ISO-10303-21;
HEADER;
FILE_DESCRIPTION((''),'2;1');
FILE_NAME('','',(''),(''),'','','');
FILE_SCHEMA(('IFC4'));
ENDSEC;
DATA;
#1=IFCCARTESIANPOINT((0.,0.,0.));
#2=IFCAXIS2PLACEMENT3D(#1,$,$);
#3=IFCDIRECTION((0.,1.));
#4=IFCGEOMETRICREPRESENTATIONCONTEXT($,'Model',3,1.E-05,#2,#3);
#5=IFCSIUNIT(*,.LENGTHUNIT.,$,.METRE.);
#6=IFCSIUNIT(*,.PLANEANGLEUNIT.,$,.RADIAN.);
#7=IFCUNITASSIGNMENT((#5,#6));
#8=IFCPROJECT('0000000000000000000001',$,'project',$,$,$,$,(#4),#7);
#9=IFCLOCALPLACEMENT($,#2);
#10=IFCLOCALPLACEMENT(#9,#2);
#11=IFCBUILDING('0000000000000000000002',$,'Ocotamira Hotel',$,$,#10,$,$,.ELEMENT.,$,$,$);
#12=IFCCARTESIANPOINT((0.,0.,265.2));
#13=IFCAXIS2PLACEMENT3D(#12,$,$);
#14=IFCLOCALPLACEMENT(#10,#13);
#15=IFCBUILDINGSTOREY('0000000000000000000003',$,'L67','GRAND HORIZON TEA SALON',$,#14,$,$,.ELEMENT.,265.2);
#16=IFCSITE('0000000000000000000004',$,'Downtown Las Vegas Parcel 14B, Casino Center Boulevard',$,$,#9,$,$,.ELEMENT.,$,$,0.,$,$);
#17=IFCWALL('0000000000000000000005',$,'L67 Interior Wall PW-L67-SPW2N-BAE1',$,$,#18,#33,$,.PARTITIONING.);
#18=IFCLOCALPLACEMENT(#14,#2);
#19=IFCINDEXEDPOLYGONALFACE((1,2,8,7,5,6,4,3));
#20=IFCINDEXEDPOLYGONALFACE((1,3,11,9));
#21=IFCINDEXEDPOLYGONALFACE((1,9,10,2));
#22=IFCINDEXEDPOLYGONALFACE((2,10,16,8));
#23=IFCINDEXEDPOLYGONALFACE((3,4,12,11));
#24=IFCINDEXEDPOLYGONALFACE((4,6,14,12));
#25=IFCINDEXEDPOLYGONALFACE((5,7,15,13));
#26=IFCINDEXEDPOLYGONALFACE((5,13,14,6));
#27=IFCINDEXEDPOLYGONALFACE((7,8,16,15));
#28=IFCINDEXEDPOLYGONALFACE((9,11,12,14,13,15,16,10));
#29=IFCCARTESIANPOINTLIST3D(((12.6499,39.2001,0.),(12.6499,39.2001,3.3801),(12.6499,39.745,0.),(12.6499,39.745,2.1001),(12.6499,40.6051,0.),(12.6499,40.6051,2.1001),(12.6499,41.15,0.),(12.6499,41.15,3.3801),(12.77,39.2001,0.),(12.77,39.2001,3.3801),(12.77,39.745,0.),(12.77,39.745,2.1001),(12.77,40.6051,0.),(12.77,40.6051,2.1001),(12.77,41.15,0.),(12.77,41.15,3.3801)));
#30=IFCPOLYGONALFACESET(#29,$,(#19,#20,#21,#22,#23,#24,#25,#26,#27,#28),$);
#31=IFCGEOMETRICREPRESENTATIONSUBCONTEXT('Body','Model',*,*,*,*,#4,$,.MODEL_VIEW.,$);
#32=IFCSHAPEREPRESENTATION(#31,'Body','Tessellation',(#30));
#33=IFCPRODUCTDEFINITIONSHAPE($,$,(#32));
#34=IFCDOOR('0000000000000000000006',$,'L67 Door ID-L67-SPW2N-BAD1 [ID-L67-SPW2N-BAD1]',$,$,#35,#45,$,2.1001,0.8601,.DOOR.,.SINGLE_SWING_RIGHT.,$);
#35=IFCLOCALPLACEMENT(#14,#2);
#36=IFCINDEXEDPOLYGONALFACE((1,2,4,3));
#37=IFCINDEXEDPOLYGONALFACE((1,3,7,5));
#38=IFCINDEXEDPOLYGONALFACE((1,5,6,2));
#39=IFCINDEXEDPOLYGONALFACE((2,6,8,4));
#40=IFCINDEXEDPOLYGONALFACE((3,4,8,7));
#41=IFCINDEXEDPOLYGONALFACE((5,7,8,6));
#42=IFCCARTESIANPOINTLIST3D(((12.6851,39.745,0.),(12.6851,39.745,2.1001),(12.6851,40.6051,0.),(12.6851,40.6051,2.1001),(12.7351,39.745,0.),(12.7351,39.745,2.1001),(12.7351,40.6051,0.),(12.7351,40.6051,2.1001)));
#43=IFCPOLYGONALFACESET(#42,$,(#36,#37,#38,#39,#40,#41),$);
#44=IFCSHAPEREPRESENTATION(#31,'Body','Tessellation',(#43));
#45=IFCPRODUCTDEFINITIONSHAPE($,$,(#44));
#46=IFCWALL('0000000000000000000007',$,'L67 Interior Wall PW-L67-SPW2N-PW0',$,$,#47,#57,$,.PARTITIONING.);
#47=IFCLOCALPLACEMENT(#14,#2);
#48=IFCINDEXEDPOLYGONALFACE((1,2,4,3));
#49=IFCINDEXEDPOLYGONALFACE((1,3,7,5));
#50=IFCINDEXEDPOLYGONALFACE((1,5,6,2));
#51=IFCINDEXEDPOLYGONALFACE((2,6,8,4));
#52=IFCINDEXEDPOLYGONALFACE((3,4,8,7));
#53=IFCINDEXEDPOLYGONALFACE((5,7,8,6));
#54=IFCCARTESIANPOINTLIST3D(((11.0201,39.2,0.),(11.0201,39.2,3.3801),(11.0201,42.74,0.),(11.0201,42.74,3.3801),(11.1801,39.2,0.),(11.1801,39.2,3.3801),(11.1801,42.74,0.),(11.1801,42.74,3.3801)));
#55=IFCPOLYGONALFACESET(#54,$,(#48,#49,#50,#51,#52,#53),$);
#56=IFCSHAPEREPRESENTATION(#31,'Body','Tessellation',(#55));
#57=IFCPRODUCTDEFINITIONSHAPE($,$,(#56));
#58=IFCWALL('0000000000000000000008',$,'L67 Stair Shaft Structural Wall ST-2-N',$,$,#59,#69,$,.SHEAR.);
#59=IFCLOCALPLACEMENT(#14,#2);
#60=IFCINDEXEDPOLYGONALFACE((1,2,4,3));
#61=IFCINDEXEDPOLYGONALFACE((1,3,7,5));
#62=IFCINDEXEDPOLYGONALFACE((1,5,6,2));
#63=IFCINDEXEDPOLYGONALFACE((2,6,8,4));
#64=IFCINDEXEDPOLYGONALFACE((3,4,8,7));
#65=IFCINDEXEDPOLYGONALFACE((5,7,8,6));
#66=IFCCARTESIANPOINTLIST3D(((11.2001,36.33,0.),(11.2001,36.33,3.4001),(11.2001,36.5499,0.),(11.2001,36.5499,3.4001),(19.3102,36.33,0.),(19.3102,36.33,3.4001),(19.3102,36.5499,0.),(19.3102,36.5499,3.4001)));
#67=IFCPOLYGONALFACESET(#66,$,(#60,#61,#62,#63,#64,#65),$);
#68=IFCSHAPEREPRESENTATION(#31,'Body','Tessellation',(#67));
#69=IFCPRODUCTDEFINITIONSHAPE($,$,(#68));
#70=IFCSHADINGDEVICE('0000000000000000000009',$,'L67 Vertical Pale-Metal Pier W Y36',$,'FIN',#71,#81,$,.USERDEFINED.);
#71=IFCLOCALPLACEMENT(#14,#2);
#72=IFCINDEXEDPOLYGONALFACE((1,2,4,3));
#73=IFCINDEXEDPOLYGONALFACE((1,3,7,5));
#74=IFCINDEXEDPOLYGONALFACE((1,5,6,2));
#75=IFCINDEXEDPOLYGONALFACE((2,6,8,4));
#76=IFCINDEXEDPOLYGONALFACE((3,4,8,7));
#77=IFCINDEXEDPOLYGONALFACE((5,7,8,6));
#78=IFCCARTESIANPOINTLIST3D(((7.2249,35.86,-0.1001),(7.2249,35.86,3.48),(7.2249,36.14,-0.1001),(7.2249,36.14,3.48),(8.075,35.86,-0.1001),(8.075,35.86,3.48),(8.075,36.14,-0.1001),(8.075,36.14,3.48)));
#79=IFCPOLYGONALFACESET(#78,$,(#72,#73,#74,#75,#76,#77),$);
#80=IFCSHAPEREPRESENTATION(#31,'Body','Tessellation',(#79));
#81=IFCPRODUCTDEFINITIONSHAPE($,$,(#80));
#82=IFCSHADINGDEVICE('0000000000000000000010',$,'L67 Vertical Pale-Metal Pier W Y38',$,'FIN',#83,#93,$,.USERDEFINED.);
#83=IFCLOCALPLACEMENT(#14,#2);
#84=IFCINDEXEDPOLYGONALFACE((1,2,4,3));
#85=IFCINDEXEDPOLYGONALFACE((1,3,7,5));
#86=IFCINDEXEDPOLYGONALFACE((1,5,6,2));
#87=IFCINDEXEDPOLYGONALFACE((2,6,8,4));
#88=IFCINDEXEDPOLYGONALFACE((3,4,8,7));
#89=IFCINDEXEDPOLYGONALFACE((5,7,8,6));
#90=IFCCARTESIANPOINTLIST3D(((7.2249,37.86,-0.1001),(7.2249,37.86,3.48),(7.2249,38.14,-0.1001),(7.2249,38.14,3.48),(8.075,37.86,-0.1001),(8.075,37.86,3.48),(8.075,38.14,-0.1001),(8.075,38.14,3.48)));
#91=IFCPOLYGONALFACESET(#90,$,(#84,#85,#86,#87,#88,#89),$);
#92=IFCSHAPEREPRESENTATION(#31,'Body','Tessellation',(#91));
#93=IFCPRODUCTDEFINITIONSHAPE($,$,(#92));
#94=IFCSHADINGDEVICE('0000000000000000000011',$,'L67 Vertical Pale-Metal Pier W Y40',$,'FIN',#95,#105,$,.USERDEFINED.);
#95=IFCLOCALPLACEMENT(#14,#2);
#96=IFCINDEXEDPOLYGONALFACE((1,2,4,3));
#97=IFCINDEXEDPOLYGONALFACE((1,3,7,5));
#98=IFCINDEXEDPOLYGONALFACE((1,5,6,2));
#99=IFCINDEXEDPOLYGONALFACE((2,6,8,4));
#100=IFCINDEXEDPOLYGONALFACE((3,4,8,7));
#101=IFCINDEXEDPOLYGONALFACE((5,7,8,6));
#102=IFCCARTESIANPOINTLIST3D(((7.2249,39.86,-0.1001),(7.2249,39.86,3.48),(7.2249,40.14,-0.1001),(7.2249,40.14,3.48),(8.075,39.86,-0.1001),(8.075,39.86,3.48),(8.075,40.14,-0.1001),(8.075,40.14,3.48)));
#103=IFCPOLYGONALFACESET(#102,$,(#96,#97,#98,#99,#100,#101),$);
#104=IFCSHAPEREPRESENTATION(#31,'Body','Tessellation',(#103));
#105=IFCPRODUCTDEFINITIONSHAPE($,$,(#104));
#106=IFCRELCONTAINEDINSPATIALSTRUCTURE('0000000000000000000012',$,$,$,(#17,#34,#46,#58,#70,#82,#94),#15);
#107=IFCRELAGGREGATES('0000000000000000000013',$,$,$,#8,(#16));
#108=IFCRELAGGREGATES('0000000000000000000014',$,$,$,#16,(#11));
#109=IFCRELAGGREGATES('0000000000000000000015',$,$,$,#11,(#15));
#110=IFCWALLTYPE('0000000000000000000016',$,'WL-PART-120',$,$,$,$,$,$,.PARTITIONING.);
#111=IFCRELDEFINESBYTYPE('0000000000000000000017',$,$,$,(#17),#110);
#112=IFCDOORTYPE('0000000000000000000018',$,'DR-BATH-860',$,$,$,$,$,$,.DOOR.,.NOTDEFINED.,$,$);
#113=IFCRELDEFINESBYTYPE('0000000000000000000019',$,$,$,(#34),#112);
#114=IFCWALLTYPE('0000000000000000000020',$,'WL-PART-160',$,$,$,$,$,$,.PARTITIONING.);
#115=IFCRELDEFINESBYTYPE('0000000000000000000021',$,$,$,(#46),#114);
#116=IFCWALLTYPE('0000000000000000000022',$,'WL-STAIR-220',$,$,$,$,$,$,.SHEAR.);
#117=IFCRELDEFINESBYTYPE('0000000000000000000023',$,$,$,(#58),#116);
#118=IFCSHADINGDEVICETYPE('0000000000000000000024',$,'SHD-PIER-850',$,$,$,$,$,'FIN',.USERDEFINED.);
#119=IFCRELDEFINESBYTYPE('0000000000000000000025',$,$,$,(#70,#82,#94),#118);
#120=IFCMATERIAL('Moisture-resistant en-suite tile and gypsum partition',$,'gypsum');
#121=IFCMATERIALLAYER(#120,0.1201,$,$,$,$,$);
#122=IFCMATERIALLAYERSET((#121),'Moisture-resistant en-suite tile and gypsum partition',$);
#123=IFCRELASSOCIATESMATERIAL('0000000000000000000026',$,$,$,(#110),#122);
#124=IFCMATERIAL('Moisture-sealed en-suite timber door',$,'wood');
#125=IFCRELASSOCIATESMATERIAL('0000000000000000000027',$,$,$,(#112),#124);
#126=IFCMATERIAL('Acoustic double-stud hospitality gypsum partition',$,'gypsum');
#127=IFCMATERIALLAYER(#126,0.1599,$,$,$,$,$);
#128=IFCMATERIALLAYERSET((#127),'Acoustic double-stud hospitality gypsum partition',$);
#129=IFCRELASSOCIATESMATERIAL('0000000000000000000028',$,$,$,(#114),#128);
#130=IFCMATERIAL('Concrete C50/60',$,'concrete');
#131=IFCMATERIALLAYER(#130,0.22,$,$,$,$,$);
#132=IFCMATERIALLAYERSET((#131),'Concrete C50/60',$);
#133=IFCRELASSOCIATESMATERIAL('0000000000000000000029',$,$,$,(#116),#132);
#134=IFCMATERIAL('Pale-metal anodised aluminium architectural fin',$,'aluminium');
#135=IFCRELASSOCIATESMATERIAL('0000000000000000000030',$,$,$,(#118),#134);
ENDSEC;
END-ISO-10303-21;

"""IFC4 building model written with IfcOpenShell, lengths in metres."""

from ifc_helpers import new_model, si_unit, direction, frame, frame_2d, origin, origin_2d, place, context, subcontext, project, spatial, rectangle, extrude, source, transform, mapped, material, layer, layer_set, type_object, element, fill, save


model = new_model("IFC4")

# Units and contexts
model_context = context("Model", 3, precision=1e-05, world=origin(), true_north=direction((0.0, 1.0)))
body_context = subcontext(model_context, "Body", "Model", "MODEL_VIEW")
ifc_project = project(units=[si_unit("LENGTHUNIT", "METRE"), si_unit("PLANEANGLEUNIT", "RADIAN")], contexts=[model_context])

# Site, building, storey
site_placement = place(None, origin())
site = spatial("IfcSite", under=ifc_project, at=site_placement, Name="Downtown Las Vegas Parcel 14B, Casino Center Boulevard", CompositionType="ELEMENT", RefElevation=0.0)
building_placement = place(site_placement, origin())
building = spatial("IfcBuilding", under=site, at=building_placement, Name="Ocotamira Hotel", CompositionType="ELEMENT")
storey_placement = place(building_placement, frame((0.0, 0.0, 265.2)))
storey = spatial("IfcBuildingStorey", under=building, at=storey_placement, Name="L67", Description="GRAND HORIZON TEA SALON", CompositionType="ELEMENT", Elevation=265.2)

# Shared definitions
ifc_material_1 = material(Name="Concrete C50/60", Category="concrete")

# Wall, opening, door
ifc_material_2 = material(Name="Moisture-resistant en-suite tile and gypsum partition", Category="gypsum")
ifc_layer_1 = layer(ifc_material_2, 0.1201)
ifc_layer_set_1 = layer_set([ifc_layer_1], Name="Moisture-resistant en-suite tile and gypsum partition")
wall_type_1 = type_object("IfcWallType", Name="WL-PART-120", PredefinedType="PARTITIONING", material=ifc_layer_set_1)
wall_1_placement = place(storey_placement, frame((12.71, 39.2, 0.0), z_axis=(0.0, 0.0, 1.0), x_axis=(0.0, 1.0, 0.0)))
wall_1 = element("IfcWall", 1, at=wall_1_placement, inside=storey, type_object=wall_type_1, Name="L67 Interior Wall PW-L67-SPW2N-BAE1", PredefinedType="PARTITIONING", context=body_context, shape_type="SweptSolid", body=[
    extrude(rectangle(XDim=1.95, YDim=0.1201, at=frame_2d((0.9751, 0.0))), origin(), (0.0, 0.0, 1.0), 3.3801),
])
opening_1_placement = place(wall_1_placement, frame((0.5449, 0.0, 0.0)))
opening_1 = element("IfcOpeningElement", 2, at=opening_1_placement, cuts=wall_1, PredefinedType="OPENING", context=body_context, shape_type="SweptSolid", body=[
    extrude(rectangle(XDim=0.8601, YDim=2.1001, at=frame_2d((0.4302, 1.05))), frame((0.0, 0.0701, 0.0), z_axis=(0.0, -1.0, 0.0), x_axis=(1.0, 0.0, 0.0)), (0.0, 0.0, 1.0), 0.1401),
])
ifc_material_3 = material(Name="Moisture-sealed en-suite timber door", Category="wood")
door_type_1 = type_object("IfcDoorType", Name="DR-BATH-860", OperationType="NOTDEFINED", PredefinedType="DOOR", material=ifc_material_3)
shared_shape_1 = source(origin(), body_context, "Body", "SweptSolid", [
    extrude(rectangle(XDim=0.8601, YDim=2.1001, at=frame_2d((0.4302, 1.05))), frame((0.0, 0.0249, 0.0), z_axis=(0.0, -1.0, 0.0), x_axis=(1.0, 0.0, 0.0)), (0.0, 0.0, 1.0), 0.05),
])
door_1_placement = place(opening_1_placement, origin())
door_1 = element("IfcDoor", 3, at=door_1_placement, inside=storey, type_object=door_type_1, Name="L67 Door ID-L67-SPW2N-BAD1 [ID-L67-SPW2N-BAD1]", OperationType="SINGLE_SWING_RIGHT", OverallHeight=2.1001, OverallWidth=0.8601, PredefinedType="DOOR", context=body_context, shape_type="MappedRepresentation", body=[
    mapped(shared_shape_1, transform((0.0, 0.0, 0.0), scale=1.0)),
])
fill(opening_1, door_1)

# Walls
ifc_material_4 = material(Name="Acoustic double-stud hospitality gypsum partition", Category="gypsum")
ifc_layer_2 = layer(ifc_material_4, 0.1599)
ifc_layer_set_2 = layer_set([ifc_layer_2], Name="Acoustic double-stud hospitality gypsum partition")
wall_type_2 = type_object("IfcWallType", Name="WL-PART-160", PredefinedType="PARTITIONING", material=ifc_layer_set_2)
wall_2_placement = place(storey_placement, frame((11.1001, 39.2, 0.0), z_axis=(0.0, 0.0, 1.0), x_axis=(0.0, 1.0, 0.0)))
element("IfcWall", 4, at=wall_2_placement, inside=storey, type_object=wall_type_2, Name="L67 Interior Wall PW-L67-SPW2N-PW0", PredefinedType="PARTITIONING", context=body_context, shape_type="SweptSolid", body=[
    extrude(rectangle(XDim=3.54, YDim=0.1599, at=frame_2d((1.77, 0.0))), origin(), (0.0, 0.0, 1.0), 3.3801),
])
ifc_layer_3 = layer(ifc_material_1, 0.22)
ifc_layer_set_3 = layer_set([ifc_layer_3], Name="Concrete C50/60")
wall_type_3 = type_object("IfcWallType", Name="WL-STAIR-220", PredefinedType="SHEAR", material=ifc_layer_set_3)
wall_3_placement = place(storey_placement, frame((11.2, 36.4399, 0.0), z_axis=(0.0, 0.0, 1.0), x_axis=(1.0, 0.0, 0.0)))
element("IfcWall", 5, at=wall_3_placement, inside=storey, type_object=wall_type_3, Name="L67 Stair Shaft Structural Wall ST-2-N", PredefinedType="SHEAR", context=body_context, shape_type="SweptSolid", body=[
    extrude(rectangle(XDim=8.1101, YDim=0.22, at=frame_2d((4.0552, 0.0))), origin(), (0.0, 0.0, 1.0), 3.4001),
])

# Shading devices
ifc_material_5 = material(Name="Pale-metal anodised aluminium architectural fin", Category="aluminium")
shading_device_type = type_object("IfcShadingDeviceType", Name="SHD-PIER-850", ElementType="FIN", PredefinedType="USERDEFINED", material=ifc_material_5)
shared_shape_2 = source(origin(), body_context, "Body", "SweptSolid", [
    extrude(rectangle(XDim=0.8501, YDim=0.28, at=origin_2d()), origin(), (0.0, 0.0, 1.0), 3.5801),
])
for number, where, z_axis, x_axis, name in (
    (6, (7.6499, 36.0, -0.1001), (0.0, 0.0, 1.0), (1.0, 0.0, 0.0), "L67 Vertical Pale-Metal Pier W Y36"),
    (7, (7.6499, 38.0, -0.1001), (0.0, 0.0, 1.0), (1.0, 0.0, 0.0), "L67 Vertical Pale-Metal Pier W Y38"),
    (8, (7.6499, 40.0, -0.1001), (0.0, 0.0, 1.0), (1.0, 0.0, 0.0), "L67 Vertical Pale-Metal Pier W Y40"),
):
    element("IfcShadingDevice", number, at=place(storey_placement, frame(where, z_axis=z_axis, x_axis=x_axis)), inside=storey, type_object=shading_device_type, Name=name, ObjectType="FIN", PredefinedType="USERDEFINED", context=body_context, shape_type="MappedRepresentation", body=[
        mapped(shared_shape_2, transform((0.0, 0.0, 0.0), scale=1.0)),
    ])

save(model, "model.ifc")
